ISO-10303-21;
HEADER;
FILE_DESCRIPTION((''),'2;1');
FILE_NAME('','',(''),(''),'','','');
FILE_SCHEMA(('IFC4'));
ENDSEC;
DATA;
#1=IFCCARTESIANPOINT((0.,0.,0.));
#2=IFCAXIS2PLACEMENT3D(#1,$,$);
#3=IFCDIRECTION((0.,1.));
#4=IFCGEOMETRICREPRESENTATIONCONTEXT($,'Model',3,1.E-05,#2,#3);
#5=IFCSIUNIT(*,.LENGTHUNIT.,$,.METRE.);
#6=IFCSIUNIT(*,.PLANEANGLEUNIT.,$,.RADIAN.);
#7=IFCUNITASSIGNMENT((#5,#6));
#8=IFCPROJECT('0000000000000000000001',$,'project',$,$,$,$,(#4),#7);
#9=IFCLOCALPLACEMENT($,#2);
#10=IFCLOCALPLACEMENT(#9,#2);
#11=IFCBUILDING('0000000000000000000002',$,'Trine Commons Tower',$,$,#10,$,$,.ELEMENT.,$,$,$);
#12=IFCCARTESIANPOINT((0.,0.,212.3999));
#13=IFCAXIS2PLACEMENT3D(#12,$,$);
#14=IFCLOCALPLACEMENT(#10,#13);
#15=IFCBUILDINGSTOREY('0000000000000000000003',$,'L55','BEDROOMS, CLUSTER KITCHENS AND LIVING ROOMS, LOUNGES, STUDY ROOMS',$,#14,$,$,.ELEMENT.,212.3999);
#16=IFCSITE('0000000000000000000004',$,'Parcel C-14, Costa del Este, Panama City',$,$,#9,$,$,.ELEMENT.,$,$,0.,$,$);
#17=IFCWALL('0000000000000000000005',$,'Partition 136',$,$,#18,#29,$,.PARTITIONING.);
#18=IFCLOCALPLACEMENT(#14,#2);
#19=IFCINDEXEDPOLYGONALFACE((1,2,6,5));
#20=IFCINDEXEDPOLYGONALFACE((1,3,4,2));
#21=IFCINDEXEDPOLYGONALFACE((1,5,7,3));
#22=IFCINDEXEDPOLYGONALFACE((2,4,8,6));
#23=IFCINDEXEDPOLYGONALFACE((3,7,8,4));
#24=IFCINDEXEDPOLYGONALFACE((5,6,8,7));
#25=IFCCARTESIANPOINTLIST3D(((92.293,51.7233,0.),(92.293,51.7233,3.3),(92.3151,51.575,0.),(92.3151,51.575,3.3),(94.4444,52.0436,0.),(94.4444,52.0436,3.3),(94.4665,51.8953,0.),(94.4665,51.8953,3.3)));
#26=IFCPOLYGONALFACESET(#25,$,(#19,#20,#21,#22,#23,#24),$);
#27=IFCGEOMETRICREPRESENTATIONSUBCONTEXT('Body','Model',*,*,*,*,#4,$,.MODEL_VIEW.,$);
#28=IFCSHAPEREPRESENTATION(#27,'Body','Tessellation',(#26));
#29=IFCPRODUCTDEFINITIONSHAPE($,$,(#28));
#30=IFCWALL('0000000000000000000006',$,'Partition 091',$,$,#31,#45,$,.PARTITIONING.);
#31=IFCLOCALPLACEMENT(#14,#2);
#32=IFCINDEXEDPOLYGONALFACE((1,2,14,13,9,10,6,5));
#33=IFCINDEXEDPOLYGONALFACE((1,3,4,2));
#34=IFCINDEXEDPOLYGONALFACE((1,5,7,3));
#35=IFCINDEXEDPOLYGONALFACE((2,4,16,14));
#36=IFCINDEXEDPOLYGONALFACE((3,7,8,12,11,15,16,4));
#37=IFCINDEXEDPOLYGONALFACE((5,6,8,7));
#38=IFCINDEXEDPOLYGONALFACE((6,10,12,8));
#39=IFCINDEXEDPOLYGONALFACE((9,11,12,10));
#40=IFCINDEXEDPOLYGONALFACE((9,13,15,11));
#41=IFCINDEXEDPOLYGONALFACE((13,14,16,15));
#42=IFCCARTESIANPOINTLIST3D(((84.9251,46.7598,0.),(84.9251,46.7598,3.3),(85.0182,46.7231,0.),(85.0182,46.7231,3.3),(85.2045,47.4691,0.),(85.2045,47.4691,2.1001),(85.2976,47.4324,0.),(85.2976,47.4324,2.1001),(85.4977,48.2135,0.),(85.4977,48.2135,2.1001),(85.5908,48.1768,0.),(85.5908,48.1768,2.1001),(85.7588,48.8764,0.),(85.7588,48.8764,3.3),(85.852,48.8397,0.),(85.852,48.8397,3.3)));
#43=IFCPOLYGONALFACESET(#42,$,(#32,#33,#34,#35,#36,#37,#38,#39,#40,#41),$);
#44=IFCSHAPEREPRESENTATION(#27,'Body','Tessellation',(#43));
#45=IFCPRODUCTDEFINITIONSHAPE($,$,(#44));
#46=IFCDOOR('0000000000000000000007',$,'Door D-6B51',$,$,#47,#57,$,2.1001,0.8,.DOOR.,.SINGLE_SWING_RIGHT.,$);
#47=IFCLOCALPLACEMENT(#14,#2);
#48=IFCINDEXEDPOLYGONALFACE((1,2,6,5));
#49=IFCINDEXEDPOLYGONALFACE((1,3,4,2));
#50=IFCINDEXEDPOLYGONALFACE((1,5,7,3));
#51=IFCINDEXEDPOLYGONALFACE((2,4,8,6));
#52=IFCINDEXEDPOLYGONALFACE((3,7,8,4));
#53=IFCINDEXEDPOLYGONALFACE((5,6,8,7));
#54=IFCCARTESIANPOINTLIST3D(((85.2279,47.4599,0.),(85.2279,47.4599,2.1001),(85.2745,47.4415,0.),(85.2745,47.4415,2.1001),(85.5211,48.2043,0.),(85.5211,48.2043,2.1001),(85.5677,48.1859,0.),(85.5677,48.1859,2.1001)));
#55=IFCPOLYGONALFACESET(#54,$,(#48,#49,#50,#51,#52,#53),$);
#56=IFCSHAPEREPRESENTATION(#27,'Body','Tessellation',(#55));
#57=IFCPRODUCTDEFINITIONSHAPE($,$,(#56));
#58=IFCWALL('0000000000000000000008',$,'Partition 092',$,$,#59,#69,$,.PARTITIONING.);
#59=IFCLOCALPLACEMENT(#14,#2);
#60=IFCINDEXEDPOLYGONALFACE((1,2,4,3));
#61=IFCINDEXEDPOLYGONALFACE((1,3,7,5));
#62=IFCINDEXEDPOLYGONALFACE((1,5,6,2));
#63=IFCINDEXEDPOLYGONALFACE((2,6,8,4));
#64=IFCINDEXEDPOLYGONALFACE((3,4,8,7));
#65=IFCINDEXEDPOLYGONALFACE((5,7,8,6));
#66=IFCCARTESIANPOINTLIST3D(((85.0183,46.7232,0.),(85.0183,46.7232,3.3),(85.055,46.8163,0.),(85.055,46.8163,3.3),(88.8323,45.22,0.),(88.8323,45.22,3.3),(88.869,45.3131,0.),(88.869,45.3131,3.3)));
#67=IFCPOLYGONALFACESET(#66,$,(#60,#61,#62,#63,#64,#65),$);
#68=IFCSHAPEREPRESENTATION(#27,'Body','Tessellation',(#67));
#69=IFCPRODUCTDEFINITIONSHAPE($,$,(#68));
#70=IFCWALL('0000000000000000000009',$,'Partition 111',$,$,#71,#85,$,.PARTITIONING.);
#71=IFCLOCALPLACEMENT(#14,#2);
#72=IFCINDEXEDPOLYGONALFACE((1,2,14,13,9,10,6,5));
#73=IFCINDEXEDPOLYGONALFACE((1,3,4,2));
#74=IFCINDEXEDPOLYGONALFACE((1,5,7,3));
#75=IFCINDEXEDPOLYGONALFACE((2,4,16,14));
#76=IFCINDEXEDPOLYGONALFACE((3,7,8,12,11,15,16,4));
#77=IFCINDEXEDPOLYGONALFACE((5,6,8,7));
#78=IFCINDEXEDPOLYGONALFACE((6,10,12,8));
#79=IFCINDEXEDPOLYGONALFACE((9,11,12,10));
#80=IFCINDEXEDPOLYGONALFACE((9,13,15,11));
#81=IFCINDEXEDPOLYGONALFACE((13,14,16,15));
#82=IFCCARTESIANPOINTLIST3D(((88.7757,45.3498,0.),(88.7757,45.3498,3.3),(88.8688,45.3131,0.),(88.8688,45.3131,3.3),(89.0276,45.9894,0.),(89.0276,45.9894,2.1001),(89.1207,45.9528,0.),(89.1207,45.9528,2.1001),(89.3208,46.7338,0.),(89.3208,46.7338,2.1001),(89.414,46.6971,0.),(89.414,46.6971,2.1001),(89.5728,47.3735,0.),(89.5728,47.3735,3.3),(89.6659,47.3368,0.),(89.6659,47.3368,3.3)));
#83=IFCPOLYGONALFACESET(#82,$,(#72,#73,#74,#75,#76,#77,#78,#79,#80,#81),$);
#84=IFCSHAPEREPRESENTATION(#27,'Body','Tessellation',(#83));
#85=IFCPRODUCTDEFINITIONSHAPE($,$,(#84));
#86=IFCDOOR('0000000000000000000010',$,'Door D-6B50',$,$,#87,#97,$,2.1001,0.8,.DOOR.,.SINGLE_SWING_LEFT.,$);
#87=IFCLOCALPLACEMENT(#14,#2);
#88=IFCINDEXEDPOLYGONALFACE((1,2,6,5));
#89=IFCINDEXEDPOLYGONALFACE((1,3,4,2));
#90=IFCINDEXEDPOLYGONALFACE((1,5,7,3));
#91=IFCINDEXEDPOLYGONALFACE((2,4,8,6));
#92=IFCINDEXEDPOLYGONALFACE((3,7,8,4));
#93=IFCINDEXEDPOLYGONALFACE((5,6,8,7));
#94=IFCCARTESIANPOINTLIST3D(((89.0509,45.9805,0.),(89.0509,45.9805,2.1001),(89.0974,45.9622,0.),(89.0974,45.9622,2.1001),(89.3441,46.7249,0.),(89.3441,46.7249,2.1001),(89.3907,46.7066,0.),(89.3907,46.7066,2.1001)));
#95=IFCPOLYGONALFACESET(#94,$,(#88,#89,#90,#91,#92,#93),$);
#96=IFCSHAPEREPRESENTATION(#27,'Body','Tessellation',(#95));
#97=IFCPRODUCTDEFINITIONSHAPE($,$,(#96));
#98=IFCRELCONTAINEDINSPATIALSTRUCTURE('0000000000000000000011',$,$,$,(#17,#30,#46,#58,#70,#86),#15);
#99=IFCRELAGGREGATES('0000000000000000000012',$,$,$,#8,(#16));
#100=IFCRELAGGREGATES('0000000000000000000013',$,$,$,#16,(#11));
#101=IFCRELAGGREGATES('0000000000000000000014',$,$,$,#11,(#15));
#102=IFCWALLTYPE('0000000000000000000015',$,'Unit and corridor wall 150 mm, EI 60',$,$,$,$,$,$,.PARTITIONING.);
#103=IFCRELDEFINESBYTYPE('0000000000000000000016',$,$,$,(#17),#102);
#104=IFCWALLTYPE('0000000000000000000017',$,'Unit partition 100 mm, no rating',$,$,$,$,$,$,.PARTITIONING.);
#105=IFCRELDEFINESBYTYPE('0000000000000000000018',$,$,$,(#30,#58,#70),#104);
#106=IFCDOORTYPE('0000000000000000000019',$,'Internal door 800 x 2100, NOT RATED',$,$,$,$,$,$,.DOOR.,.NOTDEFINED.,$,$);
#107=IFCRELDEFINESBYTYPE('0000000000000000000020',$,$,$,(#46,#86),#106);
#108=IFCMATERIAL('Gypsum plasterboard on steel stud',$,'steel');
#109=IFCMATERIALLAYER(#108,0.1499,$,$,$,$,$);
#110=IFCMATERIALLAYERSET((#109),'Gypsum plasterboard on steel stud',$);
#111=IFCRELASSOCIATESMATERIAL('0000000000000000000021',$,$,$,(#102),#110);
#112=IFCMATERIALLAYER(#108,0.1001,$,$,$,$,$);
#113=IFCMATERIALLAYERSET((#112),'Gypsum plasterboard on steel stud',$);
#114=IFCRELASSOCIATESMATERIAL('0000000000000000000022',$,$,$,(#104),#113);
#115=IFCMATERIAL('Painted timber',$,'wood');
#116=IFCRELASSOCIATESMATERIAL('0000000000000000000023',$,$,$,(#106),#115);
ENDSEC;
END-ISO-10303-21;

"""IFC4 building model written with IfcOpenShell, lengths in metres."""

from ifc_helpers import new_model, si_unit, direction, frame, frame_2d, origin, place, context, subcontext, project, spatial, rectangle, extrude, material, layer, layer_set, type_object, element, fill, save


model = new_model("IFC4")

# Units and contexts
model_context = context("Model", 3, precision=1e-05, world=origin(), true_north=direction((0.0, 1.0)))
body_context = subcontext(model_context, "Body", "Model", "MODEL_VIEW")
ifc_project = project(units=[si_unit("LENGTHUNIT", "METRE"), si_unit("PLANEANGLEUNIT", "RADIAN")], contexts=[model_context])

# Site, building, storey
site_placement = place(None, origin())
site = spatial("IfcSite", under=ifc_project, at=site_placement, Name="Parcel C-14, Costa del Este, Panama City", CompositionType="ELEMENT", RefElevation=0.0)
building_placement = place(site_placement, origin())
building = spatial("IfcBuilding", under=site, at=building_placement, Name="Trine Commons Tower", CompositionType="ELEMENT")
storey_placement = place(building_placement, frame((0.0, 0.0, 212.3999)))
storey = spatial("IfcBuildingStorey", under=building, at=storey_placement, Name="L55", Description="BEDROOMS, CLUSTER KITCHENS AND LIVING ROOMS, LOUNGES, STUDY ROOMS", CompositionType="ELEMENT", Elevation=212.3999)

# Shared definitions
ifc_material_1 = material(Name="Gypsum plasterboard on steel stud", Category="steel")
ifc_layer_1 = layer(ifc_material_1, 0.1499)
ifc_layer_set_1 = layer_set([ifc_layer_1], Name="Gypsum plasterboard on steel stud")
wall_type_1 = type_object("IfcWallType", Name="Unit and corridor wall 150 mm, EI 60", PredefinedType="PARTITIONING", material=ifc_layer_set_1)

# Wall
wall_1_placement = place(storey_placement, frame((92.3042, 51.6492, 0.0), z_axis=(0.0, 0.0, 1.0), x_axis=(0.989097, 0.147265, 0.0)))
element("IfcWall", 1, at=wall_1_placement, inside=storey, type_object=wall_type_1, Name="Partition 136", PredefinedType="PARTITIONING", context=body_context, shape_type="SweptSolid", body=[
    extrude(rectangle(XDim=2.175, YDim=0.1499, at=frame_2d((1.0874, 0.0))), origin(), (0.0, 0.0, 1.0), 3.3),
])

# Wall, opening, door
ifc_layer_2 = layer(ifc_material_1, 0.1001)
ifc_layer_set_2 = layer_set([ifc_layer_2], Name="Gypsum plasterboard on steel stud")
wall_type_2 = type_object("IfcWallType", Name="Unit partition 100 mm, no rating", PredefinedType="PARTITIONING", material=ifc_layer_set_2)
wall_2_placement = place(storey_placement, frame((84.9717, 46.7415, 0.0), z_axis=(0.0, 0.0, 1.0), x_axis=(0.366482, 0.930425, 0.0)))
wall_2 = element("IfcWall", 2, at=wall_2_placement, inside=storey, type_object=wall_type_2, Name="Partition 091", PredefinedType="PARTITIONING", context=body_context, shape_type="SweptSolid", body=[
    extrude(rectangle(XDim=2.2749, YDim=0.1001, at=frame_2d((1.1375, 0.0))), origin(), (0.0, 0.0, 1.0), 3.3),
])
opening_1_placement = place(wall_2_placement, frame((0.7625, 0.0, 0.0)))
opening_1 = element("IfcOpeningElement", 3, at=opening_1_placement, cuts=wall_2, PredefinedType="OPENING", context=body_context, shape_type="SweptSolid", body=[
    extrude(rectangle(XDim=0.8, YDim=2.1001, at=frame_2d((0.3999, 1.05))), frame((0.0, 0.0601, 0.0), z_axis=(0.0, -1.0, 0.0), x_axis=(1.0, 0.0, 0.0)), (0.0, 0.0, 1.0), 0.1201),
])
ifc_material_2 = material(Name="Painted timber", Category="wood")
door_type_1 = type_object("IfcDoorType", Name="Internal door 800 x 2100, NOT RATED", OperationType="NOTDEFINED", PredefinedType="DOOR", material=ifc_material_2)
door_1_placement = place(opening_1_placement, origin())
door_1 = element("IfcDoor", 4, at=door_1_placement, inside=storey, type_object=door_type_1, Name="Door D-6B51", OperationType="SINGLE_SWING_RIGHT", OverallHeight=2.1001, OverallWidth=0.8, PredefinedType="DOOR", context=body_context, shape_type="SweptSolid", body=[
    extrude(rectangle(XDim=0.8, YDim=2.1001, at=frame_2d((0.3999, 1.05))), frame((0.0, 0.0249, 0.0), z_axis=(0.0, -1.0, 0.0), x_axis=(1.0, 0.0, 0.0)), (0.0, 0.0, 1.0), 0.05),
])
fill(opening_1, door_1)

# Wall
wall_3_placement = place(storey_placement, frame((85.0366, 46.7698, 0.0), z_axis=(0.0, 0.0, 1.0), x_axis=(0.93035, -0.366673, 0.0)))
element("IfcWall", 5, at=wall_3_placement, inside=storey, type_object=wall_type_2, Name="Partition 092", PredefinedType="PARTITIONING", context=body_context, shape_type="SweptSolid", body=[
    extrude(rectangle(XDim=4.0996, YDim=0.1001, at=frame_2d((2.0498, 0.0))), origin(), (0.0, 0.0, 1.0), 3.3),
])

# Wall, opening, door
wall_4_placement = place(storey_placement, frame((88.8223, 45.3315, 0.0), z_axis=(0.0, 0.0, 1.0), x_axis=(0.366489, 0.930422, 0.0)))
wall_4 = element("IfcWall", 6, at=wall_4_placement, inside=storey, type_object=wall_type_2, Name="Partition 111", PredefinedType="PARTITIONING", context=body_context, shape_type="SweptSolid", body=[
    extrude(rectangle(XDim=2.175, YDim=0.1001, at=frame_2d((1.0874, 0.0))), origin(), (0.0, 0.0, 1.0), 3.3),
])
opening_2_placement = place(wall_4_placement, frame((0.6875, 0.0, 0.0)))
opening_2 = element("IfcOpeningElement", 7, at=opening_2_placement, cuts=wall_4, PredefinedType="OPENING", context=body_context, shape_type="SweptSolid", body=[
    extrude(rectangle(XDim=0.8, YDim=2.1001, at=frame_2d((0.3999, 1.05))), frame((0.0, 0.0601, 0.0), z_axis=(0.0, -1.0, 0.0), x_axis=(1.0, 0.0, 0.0)), (0.0, 0.0, 1.0), 0.1201),
])
door_2_placement = place(opening_2_placement, frame((0.8, 0.0, 0.0), z_axis=(0.0, 0.0, 1.0), x_axis=(-1.0, 0.0, 0.0)))
door_2 = element("IfcDoor", 8, at=door_2_placement, inside=storey, type_object=door_type_1, Name="Door D-6B50", OperationType="SINGLE_SWING_LEFT", OverallHeight=2.1001, OverallWidth=0.8, PredefinedType="DOOR", context=body_context, shape_type="SweptSolid", body=[
    extrude(rectangle(XDim=0.8, YDim=2.1001, at=frame_2d((0.3999, 1.05))), frame((0.0, 0.0249, 0.0), z_axis=(0.0, -1.0, 0.0), x_axis=(1.0, 0.0, 0.0)), (0.0, 0.0, 1.0), 0.05),
])
fill(opening_2, door_2)

save(model, "model.ifc")
